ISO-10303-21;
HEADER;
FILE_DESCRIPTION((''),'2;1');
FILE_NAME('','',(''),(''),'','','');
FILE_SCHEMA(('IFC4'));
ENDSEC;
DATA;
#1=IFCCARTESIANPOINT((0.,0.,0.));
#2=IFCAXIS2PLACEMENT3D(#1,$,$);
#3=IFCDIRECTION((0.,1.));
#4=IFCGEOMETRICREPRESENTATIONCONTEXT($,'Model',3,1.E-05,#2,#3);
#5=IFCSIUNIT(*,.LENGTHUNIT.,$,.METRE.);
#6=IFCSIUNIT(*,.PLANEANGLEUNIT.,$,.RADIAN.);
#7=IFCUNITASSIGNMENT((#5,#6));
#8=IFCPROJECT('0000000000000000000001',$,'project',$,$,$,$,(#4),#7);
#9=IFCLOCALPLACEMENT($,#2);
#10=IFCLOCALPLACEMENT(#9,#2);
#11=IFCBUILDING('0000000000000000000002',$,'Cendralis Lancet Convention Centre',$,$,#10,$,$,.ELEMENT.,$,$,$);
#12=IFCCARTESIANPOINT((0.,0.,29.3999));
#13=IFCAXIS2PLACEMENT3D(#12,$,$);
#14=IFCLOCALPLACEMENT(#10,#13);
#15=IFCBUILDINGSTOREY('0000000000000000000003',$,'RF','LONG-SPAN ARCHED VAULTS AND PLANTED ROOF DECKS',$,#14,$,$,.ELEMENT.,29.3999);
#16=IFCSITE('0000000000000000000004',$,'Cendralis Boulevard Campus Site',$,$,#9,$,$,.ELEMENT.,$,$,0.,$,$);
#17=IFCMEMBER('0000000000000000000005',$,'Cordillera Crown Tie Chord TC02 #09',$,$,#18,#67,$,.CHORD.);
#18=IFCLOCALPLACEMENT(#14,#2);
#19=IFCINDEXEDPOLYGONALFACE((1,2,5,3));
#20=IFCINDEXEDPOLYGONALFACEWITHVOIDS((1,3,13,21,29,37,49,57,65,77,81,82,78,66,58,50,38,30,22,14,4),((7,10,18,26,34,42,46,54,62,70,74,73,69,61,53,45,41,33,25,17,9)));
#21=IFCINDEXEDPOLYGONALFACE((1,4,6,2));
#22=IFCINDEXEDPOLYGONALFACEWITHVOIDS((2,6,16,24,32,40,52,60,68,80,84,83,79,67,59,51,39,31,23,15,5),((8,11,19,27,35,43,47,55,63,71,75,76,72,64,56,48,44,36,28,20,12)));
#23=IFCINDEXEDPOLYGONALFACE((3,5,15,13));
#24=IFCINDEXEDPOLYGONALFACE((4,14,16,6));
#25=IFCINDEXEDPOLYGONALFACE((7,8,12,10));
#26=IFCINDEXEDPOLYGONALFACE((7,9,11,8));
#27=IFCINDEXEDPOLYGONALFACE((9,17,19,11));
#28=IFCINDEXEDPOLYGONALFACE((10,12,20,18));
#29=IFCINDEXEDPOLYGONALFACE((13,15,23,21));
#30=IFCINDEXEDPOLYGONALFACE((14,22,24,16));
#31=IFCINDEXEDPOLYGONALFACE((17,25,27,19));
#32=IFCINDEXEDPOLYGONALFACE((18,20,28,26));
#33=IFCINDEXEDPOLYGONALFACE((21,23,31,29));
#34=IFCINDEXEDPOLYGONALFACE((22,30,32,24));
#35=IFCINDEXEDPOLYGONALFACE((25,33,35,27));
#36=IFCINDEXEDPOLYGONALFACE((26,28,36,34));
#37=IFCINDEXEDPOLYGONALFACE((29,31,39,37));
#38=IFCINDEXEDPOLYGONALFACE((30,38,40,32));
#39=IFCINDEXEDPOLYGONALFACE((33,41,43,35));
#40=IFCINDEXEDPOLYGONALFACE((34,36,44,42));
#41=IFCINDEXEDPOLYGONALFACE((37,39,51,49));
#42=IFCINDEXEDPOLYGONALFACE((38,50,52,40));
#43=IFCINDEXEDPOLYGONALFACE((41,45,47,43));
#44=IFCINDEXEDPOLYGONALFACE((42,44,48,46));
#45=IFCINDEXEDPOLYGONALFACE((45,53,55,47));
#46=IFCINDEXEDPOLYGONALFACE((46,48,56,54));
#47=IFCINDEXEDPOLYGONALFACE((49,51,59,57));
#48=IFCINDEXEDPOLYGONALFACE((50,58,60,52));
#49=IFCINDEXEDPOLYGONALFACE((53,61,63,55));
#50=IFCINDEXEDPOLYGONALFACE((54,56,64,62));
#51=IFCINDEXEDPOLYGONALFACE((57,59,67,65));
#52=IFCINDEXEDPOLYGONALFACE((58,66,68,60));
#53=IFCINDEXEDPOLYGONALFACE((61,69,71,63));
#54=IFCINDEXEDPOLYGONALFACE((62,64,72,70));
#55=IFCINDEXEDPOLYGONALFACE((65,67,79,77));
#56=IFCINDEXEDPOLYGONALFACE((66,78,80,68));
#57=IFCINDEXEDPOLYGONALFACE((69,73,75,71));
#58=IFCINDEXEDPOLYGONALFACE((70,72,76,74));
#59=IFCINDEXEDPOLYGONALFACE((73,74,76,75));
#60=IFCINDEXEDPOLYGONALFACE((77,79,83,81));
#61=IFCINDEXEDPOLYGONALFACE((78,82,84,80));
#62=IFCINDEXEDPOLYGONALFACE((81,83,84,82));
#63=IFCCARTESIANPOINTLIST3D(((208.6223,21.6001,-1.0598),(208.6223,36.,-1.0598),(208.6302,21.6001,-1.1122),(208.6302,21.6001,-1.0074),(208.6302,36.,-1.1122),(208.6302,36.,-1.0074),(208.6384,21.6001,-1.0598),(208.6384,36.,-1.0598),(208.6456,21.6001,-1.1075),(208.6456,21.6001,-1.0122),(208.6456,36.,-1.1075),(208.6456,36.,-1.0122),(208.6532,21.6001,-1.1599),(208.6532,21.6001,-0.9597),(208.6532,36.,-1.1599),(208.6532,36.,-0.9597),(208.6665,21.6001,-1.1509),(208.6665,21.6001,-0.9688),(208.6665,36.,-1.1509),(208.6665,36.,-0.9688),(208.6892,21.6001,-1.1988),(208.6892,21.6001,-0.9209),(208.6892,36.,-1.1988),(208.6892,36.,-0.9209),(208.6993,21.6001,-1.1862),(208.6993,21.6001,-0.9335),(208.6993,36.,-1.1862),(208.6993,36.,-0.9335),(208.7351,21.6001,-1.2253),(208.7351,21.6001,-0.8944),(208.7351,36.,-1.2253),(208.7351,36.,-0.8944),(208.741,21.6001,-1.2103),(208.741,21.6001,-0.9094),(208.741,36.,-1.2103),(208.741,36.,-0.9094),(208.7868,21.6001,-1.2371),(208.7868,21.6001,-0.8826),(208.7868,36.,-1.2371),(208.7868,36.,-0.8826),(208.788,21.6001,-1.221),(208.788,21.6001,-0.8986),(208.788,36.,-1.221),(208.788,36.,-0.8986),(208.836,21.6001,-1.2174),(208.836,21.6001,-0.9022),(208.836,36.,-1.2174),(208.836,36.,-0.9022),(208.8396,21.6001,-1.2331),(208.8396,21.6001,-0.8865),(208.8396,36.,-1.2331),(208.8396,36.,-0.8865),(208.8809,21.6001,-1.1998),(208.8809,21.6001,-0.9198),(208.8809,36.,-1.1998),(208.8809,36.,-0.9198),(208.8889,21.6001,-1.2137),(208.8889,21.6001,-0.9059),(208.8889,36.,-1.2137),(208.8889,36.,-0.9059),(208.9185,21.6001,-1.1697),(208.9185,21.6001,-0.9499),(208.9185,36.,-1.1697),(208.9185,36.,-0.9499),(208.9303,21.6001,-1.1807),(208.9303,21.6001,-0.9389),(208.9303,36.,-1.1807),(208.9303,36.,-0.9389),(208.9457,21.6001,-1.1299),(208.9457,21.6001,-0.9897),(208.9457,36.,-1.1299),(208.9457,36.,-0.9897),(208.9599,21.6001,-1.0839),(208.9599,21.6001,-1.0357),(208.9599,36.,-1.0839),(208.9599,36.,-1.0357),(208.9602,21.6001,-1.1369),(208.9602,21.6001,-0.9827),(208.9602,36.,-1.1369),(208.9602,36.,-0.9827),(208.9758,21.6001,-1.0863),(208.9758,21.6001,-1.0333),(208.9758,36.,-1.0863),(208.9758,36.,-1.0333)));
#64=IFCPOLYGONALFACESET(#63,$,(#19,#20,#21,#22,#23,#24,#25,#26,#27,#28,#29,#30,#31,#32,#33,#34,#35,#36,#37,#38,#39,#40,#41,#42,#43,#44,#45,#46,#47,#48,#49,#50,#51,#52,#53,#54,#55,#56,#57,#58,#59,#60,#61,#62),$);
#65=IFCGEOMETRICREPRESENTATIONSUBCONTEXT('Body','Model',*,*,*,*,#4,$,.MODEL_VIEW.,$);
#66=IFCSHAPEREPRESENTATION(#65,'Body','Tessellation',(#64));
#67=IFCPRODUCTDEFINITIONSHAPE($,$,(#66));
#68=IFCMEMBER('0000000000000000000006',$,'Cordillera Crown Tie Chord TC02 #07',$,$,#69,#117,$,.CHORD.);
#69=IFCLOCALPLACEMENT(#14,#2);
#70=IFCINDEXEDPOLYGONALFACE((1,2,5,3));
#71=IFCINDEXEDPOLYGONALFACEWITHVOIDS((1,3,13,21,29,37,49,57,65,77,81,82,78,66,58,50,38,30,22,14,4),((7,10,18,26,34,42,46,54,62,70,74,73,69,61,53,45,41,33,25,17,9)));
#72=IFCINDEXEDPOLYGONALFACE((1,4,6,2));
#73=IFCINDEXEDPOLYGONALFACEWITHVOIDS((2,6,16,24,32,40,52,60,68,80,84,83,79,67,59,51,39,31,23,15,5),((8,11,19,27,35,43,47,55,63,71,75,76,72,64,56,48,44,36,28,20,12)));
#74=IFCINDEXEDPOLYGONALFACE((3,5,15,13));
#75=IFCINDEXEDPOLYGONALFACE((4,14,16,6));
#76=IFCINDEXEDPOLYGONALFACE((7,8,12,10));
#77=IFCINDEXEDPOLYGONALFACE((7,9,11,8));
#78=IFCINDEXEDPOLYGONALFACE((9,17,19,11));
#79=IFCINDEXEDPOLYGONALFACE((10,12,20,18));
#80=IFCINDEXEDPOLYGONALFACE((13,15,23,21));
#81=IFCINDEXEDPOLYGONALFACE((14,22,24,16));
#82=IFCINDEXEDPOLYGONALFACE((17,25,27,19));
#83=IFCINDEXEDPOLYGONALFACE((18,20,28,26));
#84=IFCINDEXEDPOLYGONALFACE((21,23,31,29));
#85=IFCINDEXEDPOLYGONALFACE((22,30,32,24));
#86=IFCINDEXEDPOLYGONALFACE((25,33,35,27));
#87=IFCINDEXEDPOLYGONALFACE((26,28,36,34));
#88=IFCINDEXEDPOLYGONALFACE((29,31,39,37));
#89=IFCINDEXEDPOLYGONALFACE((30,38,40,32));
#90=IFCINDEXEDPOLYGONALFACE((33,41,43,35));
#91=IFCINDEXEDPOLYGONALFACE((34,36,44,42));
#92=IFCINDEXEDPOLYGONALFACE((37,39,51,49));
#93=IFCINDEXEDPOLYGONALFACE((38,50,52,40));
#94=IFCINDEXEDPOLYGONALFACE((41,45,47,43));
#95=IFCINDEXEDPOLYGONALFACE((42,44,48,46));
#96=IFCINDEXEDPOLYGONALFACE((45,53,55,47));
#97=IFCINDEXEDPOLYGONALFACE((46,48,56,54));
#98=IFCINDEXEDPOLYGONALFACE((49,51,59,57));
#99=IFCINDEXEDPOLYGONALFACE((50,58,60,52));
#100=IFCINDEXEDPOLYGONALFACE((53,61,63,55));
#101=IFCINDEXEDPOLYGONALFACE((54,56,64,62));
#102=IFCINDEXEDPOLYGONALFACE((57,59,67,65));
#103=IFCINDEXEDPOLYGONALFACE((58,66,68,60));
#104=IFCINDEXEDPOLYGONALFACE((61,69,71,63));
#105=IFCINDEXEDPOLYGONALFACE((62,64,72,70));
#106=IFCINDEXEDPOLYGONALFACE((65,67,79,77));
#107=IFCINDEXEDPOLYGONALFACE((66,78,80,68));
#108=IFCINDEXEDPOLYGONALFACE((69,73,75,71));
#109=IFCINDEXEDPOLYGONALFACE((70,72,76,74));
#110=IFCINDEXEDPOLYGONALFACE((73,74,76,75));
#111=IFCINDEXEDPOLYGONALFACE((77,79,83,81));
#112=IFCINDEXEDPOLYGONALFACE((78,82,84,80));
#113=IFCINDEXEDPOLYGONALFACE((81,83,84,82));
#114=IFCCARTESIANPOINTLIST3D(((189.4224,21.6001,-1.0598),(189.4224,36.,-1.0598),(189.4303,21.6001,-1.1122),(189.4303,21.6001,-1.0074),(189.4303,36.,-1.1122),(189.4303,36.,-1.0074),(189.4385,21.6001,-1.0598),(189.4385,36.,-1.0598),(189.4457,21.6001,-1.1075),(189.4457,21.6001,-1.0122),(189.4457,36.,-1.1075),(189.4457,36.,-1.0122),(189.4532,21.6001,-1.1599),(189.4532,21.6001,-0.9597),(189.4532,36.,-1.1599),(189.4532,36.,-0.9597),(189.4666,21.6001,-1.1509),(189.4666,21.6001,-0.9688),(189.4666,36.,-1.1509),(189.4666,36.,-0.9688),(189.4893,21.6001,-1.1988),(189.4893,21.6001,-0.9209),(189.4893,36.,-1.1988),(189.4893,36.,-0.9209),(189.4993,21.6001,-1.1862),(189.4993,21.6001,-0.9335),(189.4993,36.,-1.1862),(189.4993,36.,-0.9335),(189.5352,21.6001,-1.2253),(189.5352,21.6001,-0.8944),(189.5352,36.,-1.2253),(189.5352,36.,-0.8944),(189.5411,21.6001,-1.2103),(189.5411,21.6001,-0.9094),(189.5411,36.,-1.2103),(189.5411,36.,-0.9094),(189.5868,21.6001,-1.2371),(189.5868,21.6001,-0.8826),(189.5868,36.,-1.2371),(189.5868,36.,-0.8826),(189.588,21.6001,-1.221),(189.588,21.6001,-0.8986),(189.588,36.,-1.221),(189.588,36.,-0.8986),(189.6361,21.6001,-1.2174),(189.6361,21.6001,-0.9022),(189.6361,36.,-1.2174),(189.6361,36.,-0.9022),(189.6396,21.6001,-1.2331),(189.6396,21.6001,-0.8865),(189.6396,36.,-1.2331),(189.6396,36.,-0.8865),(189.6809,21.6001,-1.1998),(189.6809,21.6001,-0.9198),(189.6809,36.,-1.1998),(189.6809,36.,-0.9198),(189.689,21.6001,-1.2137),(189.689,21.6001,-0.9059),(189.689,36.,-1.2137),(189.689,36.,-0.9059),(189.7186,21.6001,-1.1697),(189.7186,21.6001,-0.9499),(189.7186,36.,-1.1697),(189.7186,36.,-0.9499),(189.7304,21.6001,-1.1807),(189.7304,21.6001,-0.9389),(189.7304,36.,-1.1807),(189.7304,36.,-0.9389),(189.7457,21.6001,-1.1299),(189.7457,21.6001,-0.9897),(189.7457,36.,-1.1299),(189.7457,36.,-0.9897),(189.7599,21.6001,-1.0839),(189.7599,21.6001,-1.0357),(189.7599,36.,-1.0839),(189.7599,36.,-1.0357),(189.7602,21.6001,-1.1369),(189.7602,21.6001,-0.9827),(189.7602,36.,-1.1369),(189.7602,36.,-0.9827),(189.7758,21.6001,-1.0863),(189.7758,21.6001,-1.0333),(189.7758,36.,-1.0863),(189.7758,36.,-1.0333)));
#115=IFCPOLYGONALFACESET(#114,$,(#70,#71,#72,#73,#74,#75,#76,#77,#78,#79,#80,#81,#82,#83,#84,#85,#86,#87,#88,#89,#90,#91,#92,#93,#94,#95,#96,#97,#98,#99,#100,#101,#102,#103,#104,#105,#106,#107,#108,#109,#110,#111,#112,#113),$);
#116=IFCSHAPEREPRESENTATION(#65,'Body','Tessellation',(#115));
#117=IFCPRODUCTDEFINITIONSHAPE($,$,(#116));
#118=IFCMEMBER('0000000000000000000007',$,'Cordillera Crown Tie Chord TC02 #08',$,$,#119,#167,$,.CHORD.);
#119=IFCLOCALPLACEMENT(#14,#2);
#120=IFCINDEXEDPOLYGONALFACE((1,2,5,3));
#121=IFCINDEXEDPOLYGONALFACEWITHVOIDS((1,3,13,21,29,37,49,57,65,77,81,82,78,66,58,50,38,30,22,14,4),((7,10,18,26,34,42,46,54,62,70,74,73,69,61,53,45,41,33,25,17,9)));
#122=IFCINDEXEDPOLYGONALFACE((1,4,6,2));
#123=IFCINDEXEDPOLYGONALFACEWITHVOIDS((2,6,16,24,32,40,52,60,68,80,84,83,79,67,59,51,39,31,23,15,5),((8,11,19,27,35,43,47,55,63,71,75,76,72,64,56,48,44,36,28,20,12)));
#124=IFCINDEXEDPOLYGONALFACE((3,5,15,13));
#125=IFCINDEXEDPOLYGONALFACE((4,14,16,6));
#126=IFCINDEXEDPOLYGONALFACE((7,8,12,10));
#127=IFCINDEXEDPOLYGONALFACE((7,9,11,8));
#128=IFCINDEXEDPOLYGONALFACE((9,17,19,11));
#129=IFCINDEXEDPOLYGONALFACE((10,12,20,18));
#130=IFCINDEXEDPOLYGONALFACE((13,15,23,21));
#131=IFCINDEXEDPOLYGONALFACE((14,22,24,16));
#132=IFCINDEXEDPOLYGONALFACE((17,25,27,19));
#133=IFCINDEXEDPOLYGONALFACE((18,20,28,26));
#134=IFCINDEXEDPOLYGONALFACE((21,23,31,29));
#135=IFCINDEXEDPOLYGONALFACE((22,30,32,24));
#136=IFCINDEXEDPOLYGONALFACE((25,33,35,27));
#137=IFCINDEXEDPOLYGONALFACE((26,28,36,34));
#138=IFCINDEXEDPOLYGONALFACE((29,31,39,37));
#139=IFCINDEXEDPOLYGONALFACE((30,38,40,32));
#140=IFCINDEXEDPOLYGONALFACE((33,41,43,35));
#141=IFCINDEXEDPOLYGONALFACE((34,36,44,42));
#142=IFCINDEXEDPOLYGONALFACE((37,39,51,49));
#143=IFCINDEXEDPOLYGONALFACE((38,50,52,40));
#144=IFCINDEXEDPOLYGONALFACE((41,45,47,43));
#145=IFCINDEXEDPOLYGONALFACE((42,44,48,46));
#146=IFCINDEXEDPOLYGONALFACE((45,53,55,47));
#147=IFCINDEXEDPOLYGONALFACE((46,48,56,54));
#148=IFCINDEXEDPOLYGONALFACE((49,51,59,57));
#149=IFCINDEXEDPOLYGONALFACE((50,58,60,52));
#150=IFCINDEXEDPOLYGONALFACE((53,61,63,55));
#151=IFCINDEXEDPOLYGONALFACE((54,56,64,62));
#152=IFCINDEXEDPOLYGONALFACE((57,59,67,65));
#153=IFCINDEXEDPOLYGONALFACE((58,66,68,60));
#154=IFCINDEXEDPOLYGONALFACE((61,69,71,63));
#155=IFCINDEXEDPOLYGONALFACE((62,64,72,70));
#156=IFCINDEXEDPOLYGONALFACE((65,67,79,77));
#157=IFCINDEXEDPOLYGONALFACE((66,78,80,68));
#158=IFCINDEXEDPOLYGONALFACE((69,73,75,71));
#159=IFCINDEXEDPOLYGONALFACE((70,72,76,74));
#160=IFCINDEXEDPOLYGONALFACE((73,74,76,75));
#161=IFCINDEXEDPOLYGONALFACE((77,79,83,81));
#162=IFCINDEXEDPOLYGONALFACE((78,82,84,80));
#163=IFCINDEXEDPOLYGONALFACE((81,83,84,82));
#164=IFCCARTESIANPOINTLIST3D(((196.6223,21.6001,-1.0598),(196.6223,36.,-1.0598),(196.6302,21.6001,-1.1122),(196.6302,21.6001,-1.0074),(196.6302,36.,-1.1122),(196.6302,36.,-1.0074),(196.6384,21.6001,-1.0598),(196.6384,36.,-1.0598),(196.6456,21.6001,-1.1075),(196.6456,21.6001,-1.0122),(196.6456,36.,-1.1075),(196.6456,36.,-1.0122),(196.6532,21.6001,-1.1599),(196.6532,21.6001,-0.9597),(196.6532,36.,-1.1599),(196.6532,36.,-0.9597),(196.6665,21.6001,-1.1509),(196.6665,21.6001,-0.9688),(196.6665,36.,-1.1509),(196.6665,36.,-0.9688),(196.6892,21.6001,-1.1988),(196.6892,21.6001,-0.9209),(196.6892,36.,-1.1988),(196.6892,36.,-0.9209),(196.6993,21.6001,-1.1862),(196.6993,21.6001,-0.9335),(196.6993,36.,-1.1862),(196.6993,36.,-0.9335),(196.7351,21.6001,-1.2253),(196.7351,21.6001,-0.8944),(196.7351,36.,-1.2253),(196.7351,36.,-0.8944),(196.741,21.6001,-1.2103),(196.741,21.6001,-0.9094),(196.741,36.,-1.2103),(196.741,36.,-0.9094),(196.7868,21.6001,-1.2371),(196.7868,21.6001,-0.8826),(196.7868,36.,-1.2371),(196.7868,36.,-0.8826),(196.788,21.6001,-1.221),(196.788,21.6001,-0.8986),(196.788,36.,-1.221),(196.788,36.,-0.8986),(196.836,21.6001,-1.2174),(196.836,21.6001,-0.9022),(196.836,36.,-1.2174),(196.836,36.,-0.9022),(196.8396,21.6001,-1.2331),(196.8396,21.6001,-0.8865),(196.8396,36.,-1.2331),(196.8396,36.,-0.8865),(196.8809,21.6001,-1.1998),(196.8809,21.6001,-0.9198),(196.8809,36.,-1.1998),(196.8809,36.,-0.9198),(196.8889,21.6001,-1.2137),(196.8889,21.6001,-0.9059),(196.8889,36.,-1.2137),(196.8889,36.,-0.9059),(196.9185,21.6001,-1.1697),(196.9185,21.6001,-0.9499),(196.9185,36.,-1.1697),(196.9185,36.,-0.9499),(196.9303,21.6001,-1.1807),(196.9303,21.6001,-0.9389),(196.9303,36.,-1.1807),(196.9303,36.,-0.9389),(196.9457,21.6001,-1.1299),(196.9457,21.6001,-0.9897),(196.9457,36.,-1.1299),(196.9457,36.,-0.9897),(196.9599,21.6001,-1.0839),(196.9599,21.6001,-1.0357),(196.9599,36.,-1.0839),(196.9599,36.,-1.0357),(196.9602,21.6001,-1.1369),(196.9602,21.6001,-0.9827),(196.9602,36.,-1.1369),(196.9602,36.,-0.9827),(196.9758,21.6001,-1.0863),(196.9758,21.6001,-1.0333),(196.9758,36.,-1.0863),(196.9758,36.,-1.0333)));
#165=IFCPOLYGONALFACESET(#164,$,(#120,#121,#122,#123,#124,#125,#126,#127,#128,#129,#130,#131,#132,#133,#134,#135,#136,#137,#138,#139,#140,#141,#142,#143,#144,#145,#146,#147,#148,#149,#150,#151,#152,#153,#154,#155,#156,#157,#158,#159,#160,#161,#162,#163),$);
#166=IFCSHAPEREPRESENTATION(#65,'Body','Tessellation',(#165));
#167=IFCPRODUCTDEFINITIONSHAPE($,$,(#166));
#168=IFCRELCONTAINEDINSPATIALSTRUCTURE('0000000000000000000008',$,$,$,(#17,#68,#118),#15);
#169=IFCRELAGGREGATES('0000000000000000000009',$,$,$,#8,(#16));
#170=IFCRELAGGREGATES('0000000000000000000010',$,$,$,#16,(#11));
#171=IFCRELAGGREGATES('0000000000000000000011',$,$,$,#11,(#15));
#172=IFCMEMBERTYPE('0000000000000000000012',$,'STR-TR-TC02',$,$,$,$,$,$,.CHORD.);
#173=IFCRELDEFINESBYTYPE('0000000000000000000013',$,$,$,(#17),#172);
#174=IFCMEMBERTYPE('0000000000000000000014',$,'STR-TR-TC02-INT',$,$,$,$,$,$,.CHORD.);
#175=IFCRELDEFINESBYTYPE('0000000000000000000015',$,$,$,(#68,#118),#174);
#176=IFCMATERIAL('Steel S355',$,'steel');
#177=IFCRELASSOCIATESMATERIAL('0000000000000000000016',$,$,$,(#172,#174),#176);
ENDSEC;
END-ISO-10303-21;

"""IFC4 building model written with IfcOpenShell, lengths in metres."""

from ifc_helpers import new_model, si_unit, direction, frame, origin, origin_2d, place, context, subcontext, project, spatial, hollow_circle, extrude, material, material_profile, profile_set, type_object, element, save


model = new_model("IFC4")

# Units and contexts
model_context = context("Model", 3, precision=1e-05, world=origin(), true_north=direction((0.0, 1.0)))
body_context = subcontext(model_context, "Body", "Model", "MODEL_VIEW")
ifc_project = project(units=[si_unit("LENGTHUNIT", "METRE"), si_unit("PLANEANGLEUNIT", "RADIAN")], contexts=[model_context])

# Site, building, storey
site_placement = place(None, origin())
site = spatial("IfcSite", under=ifc_project, at=site_placement, Name="Cendralis Boulevard Campus Site", CompositionType="ELEMENT", RefElevation=0.0)
building_placement = place(site_placement, origin())
building = spatial("IfcBuilding", under=site, at=building_placement, Name="Cendralis Lancet Convention Centre", CompositionType="ELEMENT")
storey_placement = place(building_placement, frame((0.0, 0.0, 29.3999)))
storey = spatial("IfcBuildingStorey", under=building, at=storey_placement, Name="RF", Description="LONG-SPAN ARCHED VAULTS AND PLANTED ROOF DECKS", CompositionType="ELEMENT", Elevation=29.3999)

# Shared definitions
ifc_material_1 = material(Name="Steel S355", Category="steel")

# Members
ifc_material_profile_1 = material_profile(ifc_material_1, hollow_circle(Radius=0.1777, WallThickness=0.0161, at=origin_2d()), Name="CHS 355.6x16.0")
ifc_profile_set_1 = profile_set([ifc_material_profile_1], Name="Steel S355")
member_type_1 = type_object("IfcMemberType", Name="STR-TR-TC02", PredefinedType="CHORD", material=ifc_profile_set_1)
member_1_placement = place(storey_placement, frame((208.8, 21.6001, -1.0598), z_axis=(0.0, 1.0, 0.0), x_axis=(-1.0, 0.0, 0.0)))
element("IfcMember", 1, at=member_1_placement, inside=storey, type_object=member_type_1, Name="Cordillera Crown Tie Chord TC02 #09", PredefinedType="CHORD", context=body_context, shape_type="SweptSolid", body=[
    extrude(hollow_circle(Radius=0.1777, WallThickness=0.0161, at=origin_2d()), origin(), (0.0, 0.0, 1.0), 14.3999),
])
ifc_material_profile_2 = material_profile(ifc_material_1, hollow_circle(Radius=0.1777, WallThickness=0.0161, at=origin_2d()), Name="CHS 355.6x16.0")
ifc_profile_set_2 = profile_set([ifc_material_profile_2], Name="Steel S355")
member_type_2 = type_object("IfcMemberType", Name="STR-TR-TC02-INT", PredefinedType="CHORD", material=ifc_profile_set_2)
for number, where, z_axis, x_axis, name in (
    (2, (189.6001, 21.6001, -1.0598), (0.0, 1.0, 0.0), (-1.0, 0.0, 0.0), "Cordillera Crown Tie Chord TC02 #07"),
    (3, (196.8, 21.6001, -1.0598), (0.0, 1.0, 0.0), (-1.0, 0.0, 0.0), "Cordillera Crown Tie Chord TC02 #08"),
):
    element("IfcMember", number, at=place(storey_placement, frame(where, z_axis=z_axis, x_axis=x_axis)), inside=storey, type_object=member_type_2, Name=name, PredefinedType="CHORD", context=body_context, shape_type="SweptSolid", body=[
        extrude(hollow_circle(Radius=0.1777, WallThickness=0.0161, at=origin_2d()), origin(), (0.0, 0.0, 1.0), 14.3999),
    ])

save(model, "model.ifc")
